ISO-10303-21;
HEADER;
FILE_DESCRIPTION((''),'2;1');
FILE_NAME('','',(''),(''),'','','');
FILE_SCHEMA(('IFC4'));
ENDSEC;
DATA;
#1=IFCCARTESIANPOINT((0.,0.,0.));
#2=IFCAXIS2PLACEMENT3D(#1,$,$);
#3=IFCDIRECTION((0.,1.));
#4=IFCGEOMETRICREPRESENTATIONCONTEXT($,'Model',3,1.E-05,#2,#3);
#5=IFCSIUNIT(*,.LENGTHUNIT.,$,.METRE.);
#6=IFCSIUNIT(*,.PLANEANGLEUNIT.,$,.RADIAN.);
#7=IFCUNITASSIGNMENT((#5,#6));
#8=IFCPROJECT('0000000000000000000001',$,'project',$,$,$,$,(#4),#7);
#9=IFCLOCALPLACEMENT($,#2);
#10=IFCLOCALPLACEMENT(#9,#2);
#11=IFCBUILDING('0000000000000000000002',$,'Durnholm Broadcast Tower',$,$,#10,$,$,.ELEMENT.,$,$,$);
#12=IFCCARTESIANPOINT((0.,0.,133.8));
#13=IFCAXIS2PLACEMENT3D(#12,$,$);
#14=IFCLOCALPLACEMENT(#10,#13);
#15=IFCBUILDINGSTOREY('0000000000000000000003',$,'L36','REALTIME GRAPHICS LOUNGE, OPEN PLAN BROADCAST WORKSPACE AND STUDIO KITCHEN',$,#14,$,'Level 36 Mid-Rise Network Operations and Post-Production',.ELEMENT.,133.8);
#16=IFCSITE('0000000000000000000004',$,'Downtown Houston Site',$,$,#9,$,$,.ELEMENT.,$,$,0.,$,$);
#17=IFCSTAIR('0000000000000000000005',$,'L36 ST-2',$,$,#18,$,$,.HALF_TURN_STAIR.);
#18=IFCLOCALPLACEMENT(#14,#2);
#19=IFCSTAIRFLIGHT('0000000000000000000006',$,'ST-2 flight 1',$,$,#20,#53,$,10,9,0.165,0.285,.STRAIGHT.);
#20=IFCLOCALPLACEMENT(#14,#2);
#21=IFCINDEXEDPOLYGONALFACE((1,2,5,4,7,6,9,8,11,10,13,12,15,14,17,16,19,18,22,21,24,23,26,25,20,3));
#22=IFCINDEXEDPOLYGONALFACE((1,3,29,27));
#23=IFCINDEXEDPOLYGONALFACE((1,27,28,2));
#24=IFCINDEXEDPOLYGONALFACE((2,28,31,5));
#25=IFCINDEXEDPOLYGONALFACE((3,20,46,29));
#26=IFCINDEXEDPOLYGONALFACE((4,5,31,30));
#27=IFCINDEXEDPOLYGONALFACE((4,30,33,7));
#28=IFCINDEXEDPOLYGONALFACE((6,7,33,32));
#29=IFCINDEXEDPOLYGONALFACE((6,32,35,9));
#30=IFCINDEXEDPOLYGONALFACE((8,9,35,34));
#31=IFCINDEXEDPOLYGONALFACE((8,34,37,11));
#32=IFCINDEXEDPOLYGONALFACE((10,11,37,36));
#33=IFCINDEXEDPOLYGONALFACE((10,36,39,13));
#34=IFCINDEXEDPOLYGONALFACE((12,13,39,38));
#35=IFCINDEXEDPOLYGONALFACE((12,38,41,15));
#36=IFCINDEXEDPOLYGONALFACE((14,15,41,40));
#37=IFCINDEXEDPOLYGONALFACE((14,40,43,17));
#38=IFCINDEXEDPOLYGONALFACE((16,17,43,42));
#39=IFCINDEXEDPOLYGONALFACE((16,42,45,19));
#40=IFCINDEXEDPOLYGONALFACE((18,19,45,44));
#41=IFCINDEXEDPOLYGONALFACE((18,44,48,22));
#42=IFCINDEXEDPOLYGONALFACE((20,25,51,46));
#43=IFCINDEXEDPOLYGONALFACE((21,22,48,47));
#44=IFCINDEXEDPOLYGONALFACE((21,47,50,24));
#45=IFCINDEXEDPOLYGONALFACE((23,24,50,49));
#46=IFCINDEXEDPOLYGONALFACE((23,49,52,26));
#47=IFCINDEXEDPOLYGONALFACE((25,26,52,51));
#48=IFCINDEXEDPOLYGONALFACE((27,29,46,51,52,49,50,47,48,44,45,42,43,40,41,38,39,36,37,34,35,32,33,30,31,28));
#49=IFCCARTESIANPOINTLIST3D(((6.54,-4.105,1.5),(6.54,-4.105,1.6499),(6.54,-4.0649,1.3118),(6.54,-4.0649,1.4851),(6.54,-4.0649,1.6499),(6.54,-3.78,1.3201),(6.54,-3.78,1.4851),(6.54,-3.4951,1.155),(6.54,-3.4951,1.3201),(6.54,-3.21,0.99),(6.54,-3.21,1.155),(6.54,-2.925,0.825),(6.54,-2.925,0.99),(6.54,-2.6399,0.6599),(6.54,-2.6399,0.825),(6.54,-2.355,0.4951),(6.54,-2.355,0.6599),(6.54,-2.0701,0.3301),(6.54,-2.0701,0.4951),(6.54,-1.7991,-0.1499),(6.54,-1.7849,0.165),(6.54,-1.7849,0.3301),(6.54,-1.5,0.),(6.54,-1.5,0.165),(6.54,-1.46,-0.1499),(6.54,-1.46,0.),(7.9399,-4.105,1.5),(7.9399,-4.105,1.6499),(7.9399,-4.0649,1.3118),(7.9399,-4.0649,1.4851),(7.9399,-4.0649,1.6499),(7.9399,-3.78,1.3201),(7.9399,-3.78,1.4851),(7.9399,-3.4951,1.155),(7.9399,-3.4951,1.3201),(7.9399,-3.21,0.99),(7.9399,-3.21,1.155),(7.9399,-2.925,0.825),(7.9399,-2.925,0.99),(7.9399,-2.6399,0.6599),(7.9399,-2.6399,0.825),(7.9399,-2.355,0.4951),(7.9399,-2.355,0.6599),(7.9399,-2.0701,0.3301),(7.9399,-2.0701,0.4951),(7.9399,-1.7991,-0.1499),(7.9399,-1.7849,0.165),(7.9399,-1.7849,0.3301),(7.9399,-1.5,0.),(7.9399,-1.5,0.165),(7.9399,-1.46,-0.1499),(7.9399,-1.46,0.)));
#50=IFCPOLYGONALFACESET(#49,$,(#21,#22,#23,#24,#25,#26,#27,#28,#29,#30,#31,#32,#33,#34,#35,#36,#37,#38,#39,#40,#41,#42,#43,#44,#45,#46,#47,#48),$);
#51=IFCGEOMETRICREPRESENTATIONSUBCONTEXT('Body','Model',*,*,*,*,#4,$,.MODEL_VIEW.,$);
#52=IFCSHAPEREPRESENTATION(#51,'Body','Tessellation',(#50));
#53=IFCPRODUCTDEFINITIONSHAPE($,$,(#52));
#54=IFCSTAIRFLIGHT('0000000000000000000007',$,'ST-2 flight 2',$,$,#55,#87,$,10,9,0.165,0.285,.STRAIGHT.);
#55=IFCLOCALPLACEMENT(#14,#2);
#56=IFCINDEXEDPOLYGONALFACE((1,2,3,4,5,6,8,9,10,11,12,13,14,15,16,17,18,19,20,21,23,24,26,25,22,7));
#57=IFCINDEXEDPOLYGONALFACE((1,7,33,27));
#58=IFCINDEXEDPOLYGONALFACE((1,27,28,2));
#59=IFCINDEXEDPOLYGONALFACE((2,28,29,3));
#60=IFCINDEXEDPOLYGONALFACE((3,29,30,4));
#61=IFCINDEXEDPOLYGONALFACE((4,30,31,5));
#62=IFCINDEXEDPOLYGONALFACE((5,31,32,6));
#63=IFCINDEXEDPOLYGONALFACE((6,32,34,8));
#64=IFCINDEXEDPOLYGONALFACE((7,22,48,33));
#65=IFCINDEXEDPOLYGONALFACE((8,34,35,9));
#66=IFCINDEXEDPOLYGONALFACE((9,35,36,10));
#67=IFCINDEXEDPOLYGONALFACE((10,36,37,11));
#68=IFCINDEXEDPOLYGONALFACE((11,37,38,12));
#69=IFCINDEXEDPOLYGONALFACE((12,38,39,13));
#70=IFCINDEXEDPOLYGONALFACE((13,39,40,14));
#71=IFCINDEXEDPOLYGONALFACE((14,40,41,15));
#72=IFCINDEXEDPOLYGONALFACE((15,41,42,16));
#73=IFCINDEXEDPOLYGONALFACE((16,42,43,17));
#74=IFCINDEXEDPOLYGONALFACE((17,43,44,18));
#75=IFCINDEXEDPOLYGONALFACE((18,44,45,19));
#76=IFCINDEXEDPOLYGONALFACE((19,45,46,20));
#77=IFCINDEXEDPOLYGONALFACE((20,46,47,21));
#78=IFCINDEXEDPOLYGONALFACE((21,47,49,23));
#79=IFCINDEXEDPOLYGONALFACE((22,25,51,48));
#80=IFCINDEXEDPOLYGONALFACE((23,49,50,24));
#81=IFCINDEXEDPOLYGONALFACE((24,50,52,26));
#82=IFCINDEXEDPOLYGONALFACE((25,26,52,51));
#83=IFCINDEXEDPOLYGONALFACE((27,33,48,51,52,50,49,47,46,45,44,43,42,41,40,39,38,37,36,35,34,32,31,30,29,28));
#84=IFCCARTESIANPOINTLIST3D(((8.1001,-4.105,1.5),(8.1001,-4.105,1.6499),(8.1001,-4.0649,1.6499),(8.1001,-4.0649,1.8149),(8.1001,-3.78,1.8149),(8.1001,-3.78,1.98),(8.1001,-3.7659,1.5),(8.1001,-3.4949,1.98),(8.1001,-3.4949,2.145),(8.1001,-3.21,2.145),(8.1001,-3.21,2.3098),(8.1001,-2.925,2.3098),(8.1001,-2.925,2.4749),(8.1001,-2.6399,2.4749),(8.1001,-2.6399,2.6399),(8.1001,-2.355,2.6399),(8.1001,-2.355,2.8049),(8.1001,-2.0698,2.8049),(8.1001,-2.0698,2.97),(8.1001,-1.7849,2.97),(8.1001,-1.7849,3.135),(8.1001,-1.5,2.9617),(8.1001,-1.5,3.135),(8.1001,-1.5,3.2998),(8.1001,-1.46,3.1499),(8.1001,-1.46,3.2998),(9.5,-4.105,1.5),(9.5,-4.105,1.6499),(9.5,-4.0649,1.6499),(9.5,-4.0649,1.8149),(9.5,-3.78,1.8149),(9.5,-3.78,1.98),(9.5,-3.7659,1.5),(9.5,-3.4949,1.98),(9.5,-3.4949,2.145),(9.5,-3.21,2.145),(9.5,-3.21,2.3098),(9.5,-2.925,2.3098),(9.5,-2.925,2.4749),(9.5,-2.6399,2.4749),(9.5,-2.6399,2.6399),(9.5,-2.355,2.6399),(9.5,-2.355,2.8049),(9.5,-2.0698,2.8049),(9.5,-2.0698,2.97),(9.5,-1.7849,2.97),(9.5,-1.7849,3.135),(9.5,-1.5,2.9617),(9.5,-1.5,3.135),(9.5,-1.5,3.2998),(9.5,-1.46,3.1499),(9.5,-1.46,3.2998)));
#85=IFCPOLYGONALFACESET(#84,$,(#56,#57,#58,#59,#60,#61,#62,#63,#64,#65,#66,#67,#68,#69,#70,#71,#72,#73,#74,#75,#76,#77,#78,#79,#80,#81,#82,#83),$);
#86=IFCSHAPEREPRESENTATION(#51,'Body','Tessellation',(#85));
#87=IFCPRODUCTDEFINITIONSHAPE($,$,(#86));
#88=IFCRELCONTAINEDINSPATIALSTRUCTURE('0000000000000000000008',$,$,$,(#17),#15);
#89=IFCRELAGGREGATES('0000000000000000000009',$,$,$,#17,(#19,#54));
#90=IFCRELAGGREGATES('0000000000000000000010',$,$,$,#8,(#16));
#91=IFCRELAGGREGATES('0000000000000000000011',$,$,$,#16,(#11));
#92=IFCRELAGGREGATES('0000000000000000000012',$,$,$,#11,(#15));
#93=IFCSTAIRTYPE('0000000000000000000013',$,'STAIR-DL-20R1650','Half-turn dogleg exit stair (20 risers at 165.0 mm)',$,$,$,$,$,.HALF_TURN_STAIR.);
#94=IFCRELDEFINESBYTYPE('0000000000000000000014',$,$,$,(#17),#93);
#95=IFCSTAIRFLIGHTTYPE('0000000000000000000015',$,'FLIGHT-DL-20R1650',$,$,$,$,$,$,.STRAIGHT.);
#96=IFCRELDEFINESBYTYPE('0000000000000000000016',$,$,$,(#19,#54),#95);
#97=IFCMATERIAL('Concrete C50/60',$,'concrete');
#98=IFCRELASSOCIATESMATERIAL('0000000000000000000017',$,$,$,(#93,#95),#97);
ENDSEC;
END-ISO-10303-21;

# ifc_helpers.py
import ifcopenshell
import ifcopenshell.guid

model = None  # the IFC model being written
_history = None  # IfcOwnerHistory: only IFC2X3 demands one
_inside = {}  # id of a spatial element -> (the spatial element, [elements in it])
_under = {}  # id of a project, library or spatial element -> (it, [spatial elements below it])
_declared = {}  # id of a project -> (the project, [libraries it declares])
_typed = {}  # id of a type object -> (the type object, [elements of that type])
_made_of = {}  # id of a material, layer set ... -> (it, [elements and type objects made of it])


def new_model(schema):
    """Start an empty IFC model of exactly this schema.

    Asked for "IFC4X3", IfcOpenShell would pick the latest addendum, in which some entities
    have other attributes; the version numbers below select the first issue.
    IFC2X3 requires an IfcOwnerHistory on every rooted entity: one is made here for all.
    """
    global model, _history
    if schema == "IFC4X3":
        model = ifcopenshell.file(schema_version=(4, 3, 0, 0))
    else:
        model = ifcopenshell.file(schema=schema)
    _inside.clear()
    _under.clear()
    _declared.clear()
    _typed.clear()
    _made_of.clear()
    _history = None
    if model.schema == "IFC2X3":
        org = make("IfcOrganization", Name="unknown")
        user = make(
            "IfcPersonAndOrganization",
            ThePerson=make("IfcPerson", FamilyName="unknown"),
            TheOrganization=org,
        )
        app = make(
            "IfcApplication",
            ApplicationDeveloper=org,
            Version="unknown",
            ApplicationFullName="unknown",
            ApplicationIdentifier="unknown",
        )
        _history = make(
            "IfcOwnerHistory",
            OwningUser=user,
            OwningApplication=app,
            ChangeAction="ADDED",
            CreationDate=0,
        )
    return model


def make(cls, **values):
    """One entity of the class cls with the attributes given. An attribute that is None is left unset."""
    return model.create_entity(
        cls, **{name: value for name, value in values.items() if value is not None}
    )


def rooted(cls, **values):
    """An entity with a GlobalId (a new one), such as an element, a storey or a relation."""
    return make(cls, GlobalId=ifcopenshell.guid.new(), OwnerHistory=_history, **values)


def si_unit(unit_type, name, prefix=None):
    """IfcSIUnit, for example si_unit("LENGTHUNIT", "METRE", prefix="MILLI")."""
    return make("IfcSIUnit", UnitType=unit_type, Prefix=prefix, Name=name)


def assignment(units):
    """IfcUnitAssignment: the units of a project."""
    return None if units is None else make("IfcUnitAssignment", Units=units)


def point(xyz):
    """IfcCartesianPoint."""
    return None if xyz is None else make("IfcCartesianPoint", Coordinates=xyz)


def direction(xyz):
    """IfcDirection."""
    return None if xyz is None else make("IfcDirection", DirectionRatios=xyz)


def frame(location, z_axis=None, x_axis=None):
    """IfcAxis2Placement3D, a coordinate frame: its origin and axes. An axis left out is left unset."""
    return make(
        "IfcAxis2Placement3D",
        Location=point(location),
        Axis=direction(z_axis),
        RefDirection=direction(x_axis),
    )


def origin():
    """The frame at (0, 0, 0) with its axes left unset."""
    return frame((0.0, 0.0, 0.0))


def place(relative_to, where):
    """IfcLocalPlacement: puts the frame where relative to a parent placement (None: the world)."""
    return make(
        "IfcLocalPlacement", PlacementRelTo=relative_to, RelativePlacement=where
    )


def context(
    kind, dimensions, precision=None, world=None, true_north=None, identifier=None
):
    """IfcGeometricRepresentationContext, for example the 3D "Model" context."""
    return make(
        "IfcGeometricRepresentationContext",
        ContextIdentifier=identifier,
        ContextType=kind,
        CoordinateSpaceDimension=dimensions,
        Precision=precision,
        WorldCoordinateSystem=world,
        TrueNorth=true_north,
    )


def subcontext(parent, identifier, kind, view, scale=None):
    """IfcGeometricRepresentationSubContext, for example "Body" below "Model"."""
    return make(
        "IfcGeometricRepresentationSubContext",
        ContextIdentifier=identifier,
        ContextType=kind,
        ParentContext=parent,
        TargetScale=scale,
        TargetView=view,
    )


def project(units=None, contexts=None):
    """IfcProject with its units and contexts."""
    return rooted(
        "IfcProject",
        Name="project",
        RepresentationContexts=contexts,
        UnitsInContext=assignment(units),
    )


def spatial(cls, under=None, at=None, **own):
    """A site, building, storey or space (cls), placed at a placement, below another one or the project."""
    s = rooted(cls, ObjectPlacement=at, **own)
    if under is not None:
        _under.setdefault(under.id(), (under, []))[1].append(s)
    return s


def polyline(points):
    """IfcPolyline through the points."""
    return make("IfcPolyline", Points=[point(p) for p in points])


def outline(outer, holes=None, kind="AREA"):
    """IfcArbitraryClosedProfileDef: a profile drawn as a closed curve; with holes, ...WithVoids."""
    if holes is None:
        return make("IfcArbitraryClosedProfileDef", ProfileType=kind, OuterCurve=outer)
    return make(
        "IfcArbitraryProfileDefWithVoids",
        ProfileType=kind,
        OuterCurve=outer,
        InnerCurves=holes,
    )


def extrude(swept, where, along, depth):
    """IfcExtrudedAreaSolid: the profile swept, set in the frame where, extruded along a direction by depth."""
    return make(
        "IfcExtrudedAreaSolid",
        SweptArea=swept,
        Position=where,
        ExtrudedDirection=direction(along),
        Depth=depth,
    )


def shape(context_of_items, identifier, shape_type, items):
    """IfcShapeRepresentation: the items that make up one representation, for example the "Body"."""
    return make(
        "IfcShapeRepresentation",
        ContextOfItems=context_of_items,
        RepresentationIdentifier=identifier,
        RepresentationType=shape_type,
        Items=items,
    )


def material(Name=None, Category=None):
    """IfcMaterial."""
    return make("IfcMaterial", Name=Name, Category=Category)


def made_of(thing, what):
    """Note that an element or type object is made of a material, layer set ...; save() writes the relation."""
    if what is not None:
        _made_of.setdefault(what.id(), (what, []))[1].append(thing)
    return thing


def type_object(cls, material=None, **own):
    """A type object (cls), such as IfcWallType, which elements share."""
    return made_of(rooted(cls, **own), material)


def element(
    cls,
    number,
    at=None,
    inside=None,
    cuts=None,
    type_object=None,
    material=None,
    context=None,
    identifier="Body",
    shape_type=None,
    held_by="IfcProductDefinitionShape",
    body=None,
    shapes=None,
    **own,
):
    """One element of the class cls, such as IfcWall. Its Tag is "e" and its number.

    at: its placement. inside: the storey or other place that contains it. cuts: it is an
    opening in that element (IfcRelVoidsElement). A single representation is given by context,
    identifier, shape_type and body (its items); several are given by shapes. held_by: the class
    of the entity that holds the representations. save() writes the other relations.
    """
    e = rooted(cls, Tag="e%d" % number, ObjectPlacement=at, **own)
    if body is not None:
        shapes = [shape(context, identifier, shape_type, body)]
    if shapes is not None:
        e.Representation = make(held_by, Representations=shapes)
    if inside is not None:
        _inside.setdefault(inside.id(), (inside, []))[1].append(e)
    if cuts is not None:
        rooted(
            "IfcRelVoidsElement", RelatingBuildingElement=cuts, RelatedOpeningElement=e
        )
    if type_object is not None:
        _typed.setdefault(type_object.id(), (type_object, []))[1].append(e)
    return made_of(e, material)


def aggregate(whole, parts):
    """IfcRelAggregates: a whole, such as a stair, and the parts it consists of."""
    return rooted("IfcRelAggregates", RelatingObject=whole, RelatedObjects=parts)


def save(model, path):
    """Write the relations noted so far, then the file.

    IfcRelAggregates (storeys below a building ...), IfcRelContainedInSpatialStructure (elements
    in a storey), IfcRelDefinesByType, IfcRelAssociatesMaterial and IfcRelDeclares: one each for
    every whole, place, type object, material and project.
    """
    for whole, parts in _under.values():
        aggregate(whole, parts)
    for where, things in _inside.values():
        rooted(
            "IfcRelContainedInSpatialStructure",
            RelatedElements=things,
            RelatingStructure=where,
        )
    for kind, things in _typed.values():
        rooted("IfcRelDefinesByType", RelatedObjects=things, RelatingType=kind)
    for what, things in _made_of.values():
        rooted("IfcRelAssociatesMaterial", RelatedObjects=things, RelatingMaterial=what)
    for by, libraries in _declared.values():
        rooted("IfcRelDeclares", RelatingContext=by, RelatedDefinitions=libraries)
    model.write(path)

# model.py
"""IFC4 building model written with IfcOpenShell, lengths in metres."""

from ifc_helpers import new_model, si_unit, direction, frame, origin, place, context, subcontext, project, spatial, polyline, outline, extrude, material, type_object, element, aggregate, save


model = new_model("IFC4")

# Units and contexts
model_context = context("Model", 3, precision=1e-05, world=origin(), true_north=direction((0.0, 1.0)))
body_context = subcontext(model_context, "Body", "Model", "MODEL_VIEW")
ifc_project = project(units=[si_unit("LENGTHUNIT", "METRE"), si_unit("PLANEANGLEUNIT", "RADIAN")], contexts=[model_context])

# Site, building, storey
site_placement = place(None, origin())
site = spatial("IfcSite", under=ifc_project, at=site_placement, Name="Downtown Houston Site", CompositionType="ELEMENT", RefElevation=0.0)
building_placement = place(site_placement, origin())
building = spatial("IfcBuilding", under=site, at=building_placement, Name="Durnholm Broadcast Tower", CompositionType="ELEMENT")
storey_placement = place(building_placement, frame((0.0, 0.0, 133.8)))
storey = spatial("IfcBuildingStorey", under=building, at=storey_placement, Name="L36", Description="REALTIME GRAPHICS LOUNGE, OPEN PLAN BROADCAST WORKSPACE AND STUDIO KITCHEN", LongName="Level 36 Mid-Rise Network Operations and Post-Production", CompositionType="ELEMENT", Elevation=133.8)

# Shared definitions
ifc_material_1 = material(Name="Concrete C50/60", Category="concrete")

# Stair, stair flights
stair_type = type_object("IfcStairType", Name="STAIR-DL-20R1650", Description="Half-turn dogleg exit stair (20 risers at 165.0 mm)", PredefinedType="HALF_TURN_STAIR", material=ifc_material_1)
stair_placement = place(storey_placement, origin())
stair = element("IfcStair", 1, at=stair_placement, inside=storey, type_object=stair_type, Name="L36 ST-2", PredefinedType="HALF_TURN_STAIR")
stair_flight_type = type_object("IfcStairFlightType", Name="FLIGHT-DL-20R1650", PredefinedType="STRAIGHT", material=ifc_material_1)
stair_flight_1_placement = place(storey_placement, frame((7.24, -1.5, 0.0), z_axis=(0.0, 0.0, 1.0), x_axis=(0.0, -1.0, 0.0)))
stair_flight_1 = element("IfcStairFlight", 2, at=stair_flight_1_placement, type_object=stair_flight_type, Name="ST-2 flight 1", NumberOfRisers=10, NumberOfTreads=9, PredefinedType="STRAIGHT", RiserHeight=0.165, TreadLength=0.285, context=body_context, shape_type="SweptSolid", body=[
    extrude(outline(polyline([(-0.04, -0.1499), (-0.04, 0.0), (0.0, 0.0), (0.0, 0.165), (0.2849, 0.165), (0.2849, 0.3301), (0.5701, 0.3301), (0.5701, 0.4951), (0.855, 0.4951), (0.855, 0.6599), (1.1399, 0.6599), (1.1399, 0.825), (1.425, 0.825), (1.425, 0.99), (1.71, 0.99), (1.71, 1.155), (1.9951, 1.155), (1.9951, 1.3201), (2.28, 1.3201), (2.28, 1.4851), (2.5649, 1.4851), (2.5649, 1.6499), (2.605, 1.6499), (2.605, 1.5), (2.5649, 1.3118), (0.2991, -0.1499), (-0.04, -0.1499)])), frame((0.0, 0.7, 0.0), z_axis=(0.0, -1.0, 0.0), x_axis=(1.0, 0.0, 0.0)), (0.0, 0.0, 1.0), 1.3999),
])
stair_flight_2_placement = place(storey_placement, frame((8.8, -4.0649, 1.6499), z_axis=(0.0, 0.0, 1.0), x_axis=(0.0, 1.0, 0.0)))
stair_flight_2 = element("IfcStairFlight", 3, at=stair_flight_2_placement, type_object=stair_flight_type, Name="ST-2 flight 2", NumberOfRisers=10, NumberOfTreads=9, PredefinedType="STRAIGHT", RiserHeight=0.165, TreadLength=0.285, context=body_context, shape_type="SweptSolid", body=[
    extrude(outline(polyline([(-0.04, -0.1499), (-0.04, 0.0), (0.0, 0.0), (0.0, 0.165), (0.2849, 0.165), (0.2849, 0.3301), (0.5701, 0.3301), (0.5701, 0.4951), (0.855, 0.4951), (0.855, 0.6599), (1.1399, 0.6599), (1.1399, 0.825), (1.425, 0.825), (1.425, 0.99), (1.71, 0.99), (1.71, 1.155), (1.9951, 1.155), (1.9951, 1.3201), (2.28, 1.3201), (2.28, 1.4851), (2.5649, 1.4851), (2.5649, 1.6499), (2.605, 1.6499), (2.605, 1.5), (2.5649, 1.3118), (0.2991, -0.1499), (-0.04, -0.1499)])), frame((0.0, 0.7, 0.0), z_axis=(0.0, -1.0, 0.0), x_axis=(1.0, 0.0, 0.0)), (0.0, 0.0, 1.0), 1.3999),
])
aggregate(stair, [stair_flight_1, stair_flight_2])

save(model, "model.ifc")
